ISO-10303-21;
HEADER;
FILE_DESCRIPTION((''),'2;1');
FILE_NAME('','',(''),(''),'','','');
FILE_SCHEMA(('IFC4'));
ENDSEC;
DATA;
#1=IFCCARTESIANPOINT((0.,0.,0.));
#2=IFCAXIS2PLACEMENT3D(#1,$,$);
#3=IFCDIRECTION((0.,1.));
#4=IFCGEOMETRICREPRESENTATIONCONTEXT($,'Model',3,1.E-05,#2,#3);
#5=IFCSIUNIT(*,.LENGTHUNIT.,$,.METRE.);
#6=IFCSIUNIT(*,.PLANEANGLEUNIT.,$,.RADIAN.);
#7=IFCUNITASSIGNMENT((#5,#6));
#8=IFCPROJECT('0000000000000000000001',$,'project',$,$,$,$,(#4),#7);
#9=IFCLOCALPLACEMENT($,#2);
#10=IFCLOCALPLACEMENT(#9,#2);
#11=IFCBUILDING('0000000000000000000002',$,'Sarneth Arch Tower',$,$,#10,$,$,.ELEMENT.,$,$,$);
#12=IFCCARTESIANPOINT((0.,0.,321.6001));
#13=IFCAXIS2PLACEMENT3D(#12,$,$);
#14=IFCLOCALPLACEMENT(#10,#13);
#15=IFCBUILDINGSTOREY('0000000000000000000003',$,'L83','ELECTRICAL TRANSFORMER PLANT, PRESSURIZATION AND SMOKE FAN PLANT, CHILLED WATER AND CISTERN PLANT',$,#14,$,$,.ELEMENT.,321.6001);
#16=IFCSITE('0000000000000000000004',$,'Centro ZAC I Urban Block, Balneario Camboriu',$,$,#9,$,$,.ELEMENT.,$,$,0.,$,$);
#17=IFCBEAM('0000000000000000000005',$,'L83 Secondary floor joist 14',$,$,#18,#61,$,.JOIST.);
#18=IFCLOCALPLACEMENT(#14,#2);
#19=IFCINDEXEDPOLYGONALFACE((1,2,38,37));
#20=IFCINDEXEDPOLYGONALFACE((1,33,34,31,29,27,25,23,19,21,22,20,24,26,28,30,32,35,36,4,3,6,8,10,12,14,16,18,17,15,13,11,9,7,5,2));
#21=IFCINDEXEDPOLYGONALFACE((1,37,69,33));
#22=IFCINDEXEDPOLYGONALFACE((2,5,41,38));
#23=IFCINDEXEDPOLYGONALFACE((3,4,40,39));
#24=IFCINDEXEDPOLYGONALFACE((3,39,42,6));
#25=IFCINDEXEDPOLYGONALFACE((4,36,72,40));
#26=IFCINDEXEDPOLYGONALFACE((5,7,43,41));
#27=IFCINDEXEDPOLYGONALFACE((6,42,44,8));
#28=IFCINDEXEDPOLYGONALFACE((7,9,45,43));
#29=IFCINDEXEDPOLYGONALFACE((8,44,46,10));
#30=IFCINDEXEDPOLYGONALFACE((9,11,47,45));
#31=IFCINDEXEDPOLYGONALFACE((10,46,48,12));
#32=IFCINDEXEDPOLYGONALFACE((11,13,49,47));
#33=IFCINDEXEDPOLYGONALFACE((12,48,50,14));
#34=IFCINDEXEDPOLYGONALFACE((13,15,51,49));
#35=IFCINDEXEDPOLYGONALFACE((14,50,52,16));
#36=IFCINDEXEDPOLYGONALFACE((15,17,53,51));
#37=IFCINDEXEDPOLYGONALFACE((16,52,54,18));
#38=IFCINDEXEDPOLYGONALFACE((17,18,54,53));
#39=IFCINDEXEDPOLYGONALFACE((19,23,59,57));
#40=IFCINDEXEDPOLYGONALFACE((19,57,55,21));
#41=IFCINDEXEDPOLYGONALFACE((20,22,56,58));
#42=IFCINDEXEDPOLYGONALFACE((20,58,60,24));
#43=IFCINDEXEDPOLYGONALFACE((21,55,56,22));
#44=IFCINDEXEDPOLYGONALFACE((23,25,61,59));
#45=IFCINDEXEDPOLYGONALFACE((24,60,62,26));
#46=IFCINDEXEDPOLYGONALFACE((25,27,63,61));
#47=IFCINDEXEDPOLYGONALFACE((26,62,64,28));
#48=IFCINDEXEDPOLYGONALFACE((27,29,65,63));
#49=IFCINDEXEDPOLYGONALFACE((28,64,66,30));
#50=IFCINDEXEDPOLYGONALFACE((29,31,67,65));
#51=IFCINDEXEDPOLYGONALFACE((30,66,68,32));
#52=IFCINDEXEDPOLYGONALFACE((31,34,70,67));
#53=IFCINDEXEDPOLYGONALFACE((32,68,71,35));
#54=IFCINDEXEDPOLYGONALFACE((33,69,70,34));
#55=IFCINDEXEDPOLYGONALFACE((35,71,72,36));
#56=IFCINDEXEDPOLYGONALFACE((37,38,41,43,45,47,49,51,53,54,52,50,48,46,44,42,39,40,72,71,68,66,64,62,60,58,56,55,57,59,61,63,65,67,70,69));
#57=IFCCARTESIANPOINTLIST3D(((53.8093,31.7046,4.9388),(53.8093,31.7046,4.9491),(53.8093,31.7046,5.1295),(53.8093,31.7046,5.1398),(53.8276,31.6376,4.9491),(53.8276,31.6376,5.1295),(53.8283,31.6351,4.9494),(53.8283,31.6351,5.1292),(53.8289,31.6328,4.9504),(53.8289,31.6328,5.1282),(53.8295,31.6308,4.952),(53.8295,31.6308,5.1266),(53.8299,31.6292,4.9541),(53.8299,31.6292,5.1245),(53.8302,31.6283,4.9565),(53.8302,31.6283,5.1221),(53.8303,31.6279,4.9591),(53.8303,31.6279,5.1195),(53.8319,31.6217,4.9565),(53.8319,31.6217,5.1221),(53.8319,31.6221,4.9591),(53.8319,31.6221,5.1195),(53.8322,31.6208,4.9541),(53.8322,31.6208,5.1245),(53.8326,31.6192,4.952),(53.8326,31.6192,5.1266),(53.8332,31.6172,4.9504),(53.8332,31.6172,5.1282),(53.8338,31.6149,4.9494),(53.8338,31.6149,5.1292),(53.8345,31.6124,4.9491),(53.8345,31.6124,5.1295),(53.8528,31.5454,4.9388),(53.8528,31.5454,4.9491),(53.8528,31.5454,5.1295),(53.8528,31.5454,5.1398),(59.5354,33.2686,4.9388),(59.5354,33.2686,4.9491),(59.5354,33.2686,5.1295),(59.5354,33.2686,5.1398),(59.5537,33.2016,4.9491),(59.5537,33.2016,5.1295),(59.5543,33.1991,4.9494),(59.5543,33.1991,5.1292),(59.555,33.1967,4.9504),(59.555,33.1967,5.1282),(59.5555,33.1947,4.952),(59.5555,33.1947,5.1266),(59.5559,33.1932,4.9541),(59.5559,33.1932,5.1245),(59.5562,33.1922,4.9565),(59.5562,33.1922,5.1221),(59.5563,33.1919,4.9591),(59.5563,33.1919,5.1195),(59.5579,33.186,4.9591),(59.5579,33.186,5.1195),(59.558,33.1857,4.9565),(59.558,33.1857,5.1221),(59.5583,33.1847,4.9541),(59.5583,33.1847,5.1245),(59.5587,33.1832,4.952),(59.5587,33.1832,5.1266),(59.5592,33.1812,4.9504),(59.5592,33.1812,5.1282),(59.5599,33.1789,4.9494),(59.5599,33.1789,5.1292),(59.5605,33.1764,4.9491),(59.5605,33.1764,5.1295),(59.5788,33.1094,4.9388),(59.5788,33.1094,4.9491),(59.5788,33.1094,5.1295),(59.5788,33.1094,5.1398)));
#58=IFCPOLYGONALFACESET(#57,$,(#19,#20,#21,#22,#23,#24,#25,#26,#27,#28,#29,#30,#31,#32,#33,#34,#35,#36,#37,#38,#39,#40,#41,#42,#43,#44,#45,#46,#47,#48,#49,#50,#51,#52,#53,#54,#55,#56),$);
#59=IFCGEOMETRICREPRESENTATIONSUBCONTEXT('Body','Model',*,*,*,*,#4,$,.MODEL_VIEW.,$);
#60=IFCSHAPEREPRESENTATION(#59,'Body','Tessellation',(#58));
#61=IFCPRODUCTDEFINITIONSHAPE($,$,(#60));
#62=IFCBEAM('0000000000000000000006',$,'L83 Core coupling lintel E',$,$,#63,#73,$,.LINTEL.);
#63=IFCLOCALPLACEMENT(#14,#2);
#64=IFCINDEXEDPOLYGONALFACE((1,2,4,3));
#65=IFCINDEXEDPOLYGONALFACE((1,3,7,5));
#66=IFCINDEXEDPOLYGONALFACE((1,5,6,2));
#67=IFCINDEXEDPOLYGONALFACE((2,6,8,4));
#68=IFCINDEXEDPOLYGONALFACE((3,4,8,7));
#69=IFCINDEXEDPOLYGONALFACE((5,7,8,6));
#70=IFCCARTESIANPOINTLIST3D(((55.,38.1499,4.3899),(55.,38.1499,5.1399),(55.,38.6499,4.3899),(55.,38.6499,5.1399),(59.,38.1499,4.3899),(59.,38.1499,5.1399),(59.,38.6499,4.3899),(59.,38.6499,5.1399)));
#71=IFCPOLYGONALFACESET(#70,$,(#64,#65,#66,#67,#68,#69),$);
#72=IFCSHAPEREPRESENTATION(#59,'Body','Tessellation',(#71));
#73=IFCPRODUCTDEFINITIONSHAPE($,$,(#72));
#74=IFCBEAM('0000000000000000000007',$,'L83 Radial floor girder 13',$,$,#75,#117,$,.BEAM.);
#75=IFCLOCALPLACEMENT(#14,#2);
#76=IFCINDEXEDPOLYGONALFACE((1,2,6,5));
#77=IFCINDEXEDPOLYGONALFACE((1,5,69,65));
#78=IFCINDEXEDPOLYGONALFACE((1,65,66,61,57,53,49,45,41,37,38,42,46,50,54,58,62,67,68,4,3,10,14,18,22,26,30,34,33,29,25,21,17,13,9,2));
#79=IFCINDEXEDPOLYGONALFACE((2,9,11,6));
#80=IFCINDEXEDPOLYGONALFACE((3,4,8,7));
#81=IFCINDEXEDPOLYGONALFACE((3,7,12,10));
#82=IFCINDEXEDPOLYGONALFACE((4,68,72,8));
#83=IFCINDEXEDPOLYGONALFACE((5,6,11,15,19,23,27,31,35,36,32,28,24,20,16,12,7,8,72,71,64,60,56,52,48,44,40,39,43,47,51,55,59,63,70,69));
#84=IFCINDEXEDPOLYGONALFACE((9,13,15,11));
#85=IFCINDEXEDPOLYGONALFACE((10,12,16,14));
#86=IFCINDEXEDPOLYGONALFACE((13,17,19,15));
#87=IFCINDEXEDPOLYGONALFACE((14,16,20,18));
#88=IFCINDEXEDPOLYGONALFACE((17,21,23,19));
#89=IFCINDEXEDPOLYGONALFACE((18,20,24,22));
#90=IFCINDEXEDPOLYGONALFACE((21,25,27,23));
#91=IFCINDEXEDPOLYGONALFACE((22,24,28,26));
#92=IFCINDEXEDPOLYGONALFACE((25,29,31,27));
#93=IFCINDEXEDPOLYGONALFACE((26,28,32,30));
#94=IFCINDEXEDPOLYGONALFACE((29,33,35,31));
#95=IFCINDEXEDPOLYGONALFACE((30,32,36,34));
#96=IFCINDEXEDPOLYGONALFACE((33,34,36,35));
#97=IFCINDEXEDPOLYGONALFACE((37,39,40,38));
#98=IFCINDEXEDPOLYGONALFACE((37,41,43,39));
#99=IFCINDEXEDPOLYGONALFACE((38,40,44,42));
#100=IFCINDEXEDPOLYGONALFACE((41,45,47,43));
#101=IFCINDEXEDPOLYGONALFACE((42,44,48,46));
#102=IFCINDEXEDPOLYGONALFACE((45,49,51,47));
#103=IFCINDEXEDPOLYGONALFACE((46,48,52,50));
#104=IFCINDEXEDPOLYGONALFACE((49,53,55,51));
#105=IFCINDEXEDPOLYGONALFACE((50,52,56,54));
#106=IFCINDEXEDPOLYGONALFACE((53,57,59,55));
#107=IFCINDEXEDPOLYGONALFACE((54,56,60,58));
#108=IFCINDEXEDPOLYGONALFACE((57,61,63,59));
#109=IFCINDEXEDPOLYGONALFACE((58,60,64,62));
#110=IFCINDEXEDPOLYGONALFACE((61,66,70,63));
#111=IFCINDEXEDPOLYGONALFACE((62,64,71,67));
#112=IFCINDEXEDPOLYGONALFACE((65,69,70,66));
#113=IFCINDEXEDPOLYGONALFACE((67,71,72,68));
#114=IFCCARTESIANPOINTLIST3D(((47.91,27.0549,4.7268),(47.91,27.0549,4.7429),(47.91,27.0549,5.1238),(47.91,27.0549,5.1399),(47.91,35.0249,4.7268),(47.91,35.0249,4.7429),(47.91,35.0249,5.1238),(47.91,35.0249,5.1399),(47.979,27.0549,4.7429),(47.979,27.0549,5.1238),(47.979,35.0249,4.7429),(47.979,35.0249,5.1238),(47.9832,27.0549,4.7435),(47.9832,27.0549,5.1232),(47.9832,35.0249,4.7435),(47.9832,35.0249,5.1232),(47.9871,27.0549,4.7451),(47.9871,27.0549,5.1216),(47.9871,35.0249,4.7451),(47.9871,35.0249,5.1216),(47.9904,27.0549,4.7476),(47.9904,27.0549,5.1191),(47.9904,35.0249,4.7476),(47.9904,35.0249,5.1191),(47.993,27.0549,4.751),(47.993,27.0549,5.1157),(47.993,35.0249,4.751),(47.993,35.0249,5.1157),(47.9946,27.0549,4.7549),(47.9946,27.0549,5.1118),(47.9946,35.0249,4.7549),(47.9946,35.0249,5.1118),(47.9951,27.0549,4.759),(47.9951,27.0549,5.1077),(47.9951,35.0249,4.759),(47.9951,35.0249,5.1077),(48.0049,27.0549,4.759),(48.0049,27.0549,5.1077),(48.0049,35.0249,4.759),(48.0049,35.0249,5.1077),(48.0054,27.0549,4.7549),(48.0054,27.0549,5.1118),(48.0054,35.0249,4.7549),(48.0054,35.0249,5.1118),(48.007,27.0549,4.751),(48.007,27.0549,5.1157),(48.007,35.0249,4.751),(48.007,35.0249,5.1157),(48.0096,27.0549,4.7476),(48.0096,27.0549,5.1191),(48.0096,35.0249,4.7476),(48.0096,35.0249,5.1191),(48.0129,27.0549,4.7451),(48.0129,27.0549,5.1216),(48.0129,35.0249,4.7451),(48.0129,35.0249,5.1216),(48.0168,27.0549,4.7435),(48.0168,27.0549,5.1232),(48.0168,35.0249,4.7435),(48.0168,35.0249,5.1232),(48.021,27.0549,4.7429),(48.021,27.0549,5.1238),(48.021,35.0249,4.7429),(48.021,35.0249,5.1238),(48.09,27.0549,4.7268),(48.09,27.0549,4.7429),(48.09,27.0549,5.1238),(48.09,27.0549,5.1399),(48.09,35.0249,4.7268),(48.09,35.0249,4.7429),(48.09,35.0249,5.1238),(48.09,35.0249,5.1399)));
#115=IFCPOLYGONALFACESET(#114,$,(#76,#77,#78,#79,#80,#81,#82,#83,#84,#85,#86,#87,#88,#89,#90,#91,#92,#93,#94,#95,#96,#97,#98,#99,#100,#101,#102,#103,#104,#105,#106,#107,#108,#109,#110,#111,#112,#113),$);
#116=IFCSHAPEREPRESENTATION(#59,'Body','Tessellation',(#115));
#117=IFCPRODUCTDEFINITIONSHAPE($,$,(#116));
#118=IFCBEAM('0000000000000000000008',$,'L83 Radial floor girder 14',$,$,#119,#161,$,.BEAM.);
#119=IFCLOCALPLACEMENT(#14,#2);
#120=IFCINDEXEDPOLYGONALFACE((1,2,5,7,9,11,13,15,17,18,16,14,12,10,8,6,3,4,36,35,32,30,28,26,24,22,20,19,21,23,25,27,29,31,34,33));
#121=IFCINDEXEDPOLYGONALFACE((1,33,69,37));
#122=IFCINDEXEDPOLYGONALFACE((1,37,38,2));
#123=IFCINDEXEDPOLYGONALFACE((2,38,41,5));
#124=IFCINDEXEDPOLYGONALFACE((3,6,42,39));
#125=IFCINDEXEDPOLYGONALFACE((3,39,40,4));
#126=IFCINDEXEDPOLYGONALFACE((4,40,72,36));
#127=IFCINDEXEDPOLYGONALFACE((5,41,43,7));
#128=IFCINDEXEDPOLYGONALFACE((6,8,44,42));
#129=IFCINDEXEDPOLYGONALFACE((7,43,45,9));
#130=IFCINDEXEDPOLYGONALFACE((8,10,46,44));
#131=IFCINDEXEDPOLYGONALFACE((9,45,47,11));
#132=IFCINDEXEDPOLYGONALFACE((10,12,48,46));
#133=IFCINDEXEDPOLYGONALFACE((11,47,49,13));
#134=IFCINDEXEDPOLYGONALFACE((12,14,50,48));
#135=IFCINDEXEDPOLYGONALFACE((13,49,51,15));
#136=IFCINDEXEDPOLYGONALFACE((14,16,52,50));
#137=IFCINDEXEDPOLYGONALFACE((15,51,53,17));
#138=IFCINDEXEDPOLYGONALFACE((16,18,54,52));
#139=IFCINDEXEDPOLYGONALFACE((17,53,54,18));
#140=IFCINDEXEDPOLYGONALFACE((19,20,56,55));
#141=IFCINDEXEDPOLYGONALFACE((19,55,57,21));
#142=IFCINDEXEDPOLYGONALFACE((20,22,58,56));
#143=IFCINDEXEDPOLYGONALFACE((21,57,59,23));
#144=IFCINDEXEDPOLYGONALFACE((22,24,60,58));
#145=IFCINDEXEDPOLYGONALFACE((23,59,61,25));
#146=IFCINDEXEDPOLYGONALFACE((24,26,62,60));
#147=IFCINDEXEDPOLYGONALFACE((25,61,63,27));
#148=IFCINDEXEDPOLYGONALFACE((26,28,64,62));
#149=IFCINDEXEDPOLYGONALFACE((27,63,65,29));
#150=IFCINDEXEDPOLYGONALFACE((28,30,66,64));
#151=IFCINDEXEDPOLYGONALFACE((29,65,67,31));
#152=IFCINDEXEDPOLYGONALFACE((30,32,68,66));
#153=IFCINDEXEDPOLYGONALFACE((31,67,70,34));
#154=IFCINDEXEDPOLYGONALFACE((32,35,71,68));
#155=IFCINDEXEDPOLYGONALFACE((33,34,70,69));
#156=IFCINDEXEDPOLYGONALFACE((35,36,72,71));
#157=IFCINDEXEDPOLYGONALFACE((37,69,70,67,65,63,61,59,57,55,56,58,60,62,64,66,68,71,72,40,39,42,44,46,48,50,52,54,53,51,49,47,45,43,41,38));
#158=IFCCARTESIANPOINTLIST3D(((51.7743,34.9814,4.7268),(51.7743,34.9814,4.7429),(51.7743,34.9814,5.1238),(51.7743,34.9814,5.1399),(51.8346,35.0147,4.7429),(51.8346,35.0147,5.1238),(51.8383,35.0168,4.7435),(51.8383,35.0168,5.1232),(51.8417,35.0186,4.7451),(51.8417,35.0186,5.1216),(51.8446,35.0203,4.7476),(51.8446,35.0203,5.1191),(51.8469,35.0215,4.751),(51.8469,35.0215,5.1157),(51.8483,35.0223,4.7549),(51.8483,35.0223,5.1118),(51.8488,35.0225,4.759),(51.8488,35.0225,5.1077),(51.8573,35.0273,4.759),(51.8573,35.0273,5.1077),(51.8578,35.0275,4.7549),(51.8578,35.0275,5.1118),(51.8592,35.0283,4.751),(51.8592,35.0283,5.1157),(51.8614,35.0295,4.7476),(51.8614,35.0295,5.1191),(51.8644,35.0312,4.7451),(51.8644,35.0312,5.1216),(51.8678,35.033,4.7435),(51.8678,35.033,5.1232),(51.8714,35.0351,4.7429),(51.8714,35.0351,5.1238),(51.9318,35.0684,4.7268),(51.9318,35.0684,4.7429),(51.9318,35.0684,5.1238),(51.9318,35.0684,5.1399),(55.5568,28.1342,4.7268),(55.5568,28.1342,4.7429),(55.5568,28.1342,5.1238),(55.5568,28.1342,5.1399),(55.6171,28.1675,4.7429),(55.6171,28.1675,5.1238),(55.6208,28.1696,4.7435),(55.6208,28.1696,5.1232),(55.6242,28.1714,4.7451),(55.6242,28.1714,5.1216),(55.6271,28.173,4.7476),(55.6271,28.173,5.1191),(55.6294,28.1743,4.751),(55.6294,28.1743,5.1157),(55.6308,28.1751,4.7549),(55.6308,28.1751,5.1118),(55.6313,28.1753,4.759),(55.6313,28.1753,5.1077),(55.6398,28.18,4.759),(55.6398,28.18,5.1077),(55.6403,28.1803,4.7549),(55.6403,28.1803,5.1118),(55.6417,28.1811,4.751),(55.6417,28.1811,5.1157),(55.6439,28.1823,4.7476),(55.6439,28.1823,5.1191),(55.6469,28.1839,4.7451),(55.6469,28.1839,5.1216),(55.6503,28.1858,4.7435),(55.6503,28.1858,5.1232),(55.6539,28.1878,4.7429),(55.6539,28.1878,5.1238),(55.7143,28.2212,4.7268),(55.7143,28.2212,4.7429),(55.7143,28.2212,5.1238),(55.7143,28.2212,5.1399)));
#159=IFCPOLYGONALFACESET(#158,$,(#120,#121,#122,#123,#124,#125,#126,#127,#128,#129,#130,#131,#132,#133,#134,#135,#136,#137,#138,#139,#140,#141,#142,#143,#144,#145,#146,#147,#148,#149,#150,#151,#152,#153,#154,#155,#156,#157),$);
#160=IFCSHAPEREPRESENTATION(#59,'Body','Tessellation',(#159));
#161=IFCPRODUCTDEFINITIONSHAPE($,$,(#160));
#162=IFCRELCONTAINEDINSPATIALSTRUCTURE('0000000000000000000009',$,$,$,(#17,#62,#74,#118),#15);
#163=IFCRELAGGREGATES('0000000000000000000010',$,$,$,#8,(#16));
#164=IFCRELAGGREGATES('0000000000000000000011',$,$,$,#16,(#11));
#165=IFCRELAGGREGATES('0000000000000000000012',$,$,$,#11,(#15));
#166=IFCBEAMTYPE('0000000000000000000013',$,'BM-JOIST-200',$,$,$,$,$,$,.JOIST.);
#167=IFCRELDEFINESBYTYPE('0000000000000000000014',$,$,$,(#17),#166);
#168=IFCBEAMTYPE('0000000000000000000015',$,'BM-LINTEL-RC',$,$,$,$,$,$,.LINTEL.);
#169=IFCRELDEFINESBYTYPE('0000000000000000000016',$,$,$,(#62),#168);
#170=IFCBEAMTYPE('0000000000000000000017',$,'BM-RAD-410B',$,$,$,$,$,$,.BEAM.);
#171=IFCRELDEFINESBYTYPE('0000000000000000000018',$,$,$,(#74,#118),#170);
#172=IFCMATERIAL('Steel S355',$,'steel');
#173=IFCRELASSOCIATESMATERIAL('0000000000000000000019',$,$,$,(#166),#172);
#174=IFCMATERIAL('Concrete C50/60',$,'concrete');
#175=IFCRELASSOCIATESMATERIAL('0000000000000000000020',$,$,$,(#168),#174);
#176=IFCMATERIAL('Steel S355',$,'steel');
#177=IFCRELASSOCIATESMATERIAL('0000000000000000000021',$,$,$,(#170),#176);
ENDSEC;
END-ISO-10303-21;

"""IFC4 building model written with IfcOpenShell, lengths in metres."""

from ifc_helpers import new_model, si_unit, direction, frame, origin, origin_2d, place, context, subcontext, project, spatial, rectangle, i_section, extrude, material, material_profile, profile_set, type_object, element, save


model = new_model("IFC4")

# Units and contexts
model_context = context("Model", 3, precision=1e-05, world=origin(), true_north=direction((0.0, 1.0)))
body_context = subcontext(model_context, "Body", "Model", "MODEL_VIEW")
ifc_project = project(units=[si_unit("LENGTHUNIT", "METRE"), si_unit("PLANEANGLEUNIT", "RADIAN")], contexts=[model_context])

# Site, building, storey
site_placement = place(None, origin())
site = spatial("IfcSite", under=ifc_project, at=site_placement, Name="Centro ZAC I Urban Block, Balneario Camboriu", CompositionType="ELEMENT", RefElevation=0.0)
building_placement = place(site_placement, origin())
building = spatial("IfcBuilding", under=site, at=building_placement, Name="Sarneth Arch Tower", CompositionType="ELEMENT")
storey_placement = place(building_placement, frame((0.0, 0.0, 321.6001)))
storey = spatial("IfcBuildingStorey", under=building, at=storey_placement, Name="L83", Description="ELECTRICAL TRANSFORMER PLANT, PRESSURIZATION AND SMOKE FAN PLANT, CHILLED WATER AND CISTERN PLANT", CompositionType="ELEMENT", Elevation=321.6001)

# Beams
ifc_material_1 = material(Name="Steel S355", Category="steel")
ifc_material_profile_1 = material_profile(ifc_material_1, i_section(OverallWidth=0.165, OverallDepth=0.2009, WebThickness=0.0061, FlangeThickness=0.0103, FilletRadius=0.01, at=origin_2d()), Name="W200x35.9")
ifc_profile_set_1 = profile_set([ifc_material_profile_1], Name="Steel S355")
beam_type_1 = type_object("IfcBeamType", Name="BM-JOIST-200", PredefinedType="JOIST", material=ifc_profile_set_1)
beam_1_placement = place(storey_placement, frame((53.8311, 31.625, 5.0393), z_axis=(0.964665, 0.263479, 0.0), x_axis=(-0.263479, 0.964665, 0.0)))
element("IfcBeam", 1, at=beam_1_placement, inside=storey, type_object=beam_type_1, Name="L83 Secondary floor joist 14", PredefinedType="JOIST", context=body_context, shape_type="SweptSolid", body=[
    extrude(i_section(OverallWidth=0.165, OverallDepth=0.2009, WebThickness=0.0061, FlangeThickness=0.0103, FilletRadius=0.01, at=origin_2d()), origin(), (0.0, 0.0, 1.0), 5.9358),
])
ifc_material_2 = material(Name="Concrete C50/60", Category="concrete")
ifc_material_profile_2 = material_profile(ifc_material_2, rectangle(XDim=0.5, YDim=0.75, at=origin_2d()), Name="RC-500x750")
ifc_profile_set_2 = profile_set([ifc_material_profile_2], Name="Concrete C50/60")
beam_type_2 = type_object("IfcBeamType", Name="BM-LINTEL-RC", PredefinedType="LINTEL", material=ifc_profile_set_2)
beam_2_placement = place(storey_placement, frame((55.0, 38.3999, 4.7649), z_axis=(1.0, 0.0, 0.0), x_axis=(0.0, 1.0, 0.0)))
element("IfcBeam", 2, at=beam_2_placement, inside=storey, type_object=beam_type_2, Name="L83 Core coupling lintel E", PredefinedType="LINTEL", context=body_context, shape_type="SweptSolid", body=[
    extrude(rectangle(XDim=0.5, YDim=0.75, at=origin_2d()), origin(), (0.0, 0.0, 1.0), 4.0),
])
ifc_material_3 = material(Name="Steel S355", Category="steel")
ifc_material_profile_3 = material_profile(ifc_material_3, i_section(OverallWidth=0.1799, OverallDepth=0.4131, WebThickness=0.0098, FlangeThickness=0.0161, FilletRadius=0.0161, at=origin_2d()), Name="W410x75")
ifc_profile_set_3 = profile_set([ifc_material_profile_3], Name="Steel S355")
beam_type_3 = type_object("IfcBeamType", Name="BM-RAD-410B", PredefinedType="BEAM", material=ifc_profile_set_3)
beam_3_placement = place(storey_placement, frame((48.0, 35.0249, 4.9333), z_axis=(0.0, -1.0, 0.0), x_axis=(1.0, 0.0, 0.0)))
element("IfcBeam", 3, at=beam_3_placement, inside=storey, type_object=beam_type_3, Name="L83 Radial floor girder 13", PredefinedType="BEAM", context=body_context, shape_type="SweptSolid", body=[
    extrude(i_section(OverallWidth=0.1799, OverallDepth=0.4131, WebThickness=0.0098, FlangeThickness=0.0161, FilletRadius=0.0161, at=origin_2d()), origin(), (0.0, 0.0, 1.0), 7.97),
])
beam_4_placement = place(storey_placement, frame((51.853, 35.0249, 4.9333), z_axis=(0.48354, -0.875322, 0.0), x_axis=(0.875322, 0.48354, 0.0)))
element("IfcBeam", 4, at=beam_4_placement, inside=storey, type_object=beam_type_3, Name="L83 Radial floor girder 14", PredefinedType="BEAM", context=body_context, shape_type="SweptSolid", body=[
    extrude(i_section(OverallWidth=0.1799, OverallDepth=0.4131, WebThickness=0.0098, FlangeThickness=0.0161, FilletRadius=0.0161, at=origin_2d()), origin(), (0.0, 0.0, 1.0), 7.8225),
])

save(model, "model.ifc")
